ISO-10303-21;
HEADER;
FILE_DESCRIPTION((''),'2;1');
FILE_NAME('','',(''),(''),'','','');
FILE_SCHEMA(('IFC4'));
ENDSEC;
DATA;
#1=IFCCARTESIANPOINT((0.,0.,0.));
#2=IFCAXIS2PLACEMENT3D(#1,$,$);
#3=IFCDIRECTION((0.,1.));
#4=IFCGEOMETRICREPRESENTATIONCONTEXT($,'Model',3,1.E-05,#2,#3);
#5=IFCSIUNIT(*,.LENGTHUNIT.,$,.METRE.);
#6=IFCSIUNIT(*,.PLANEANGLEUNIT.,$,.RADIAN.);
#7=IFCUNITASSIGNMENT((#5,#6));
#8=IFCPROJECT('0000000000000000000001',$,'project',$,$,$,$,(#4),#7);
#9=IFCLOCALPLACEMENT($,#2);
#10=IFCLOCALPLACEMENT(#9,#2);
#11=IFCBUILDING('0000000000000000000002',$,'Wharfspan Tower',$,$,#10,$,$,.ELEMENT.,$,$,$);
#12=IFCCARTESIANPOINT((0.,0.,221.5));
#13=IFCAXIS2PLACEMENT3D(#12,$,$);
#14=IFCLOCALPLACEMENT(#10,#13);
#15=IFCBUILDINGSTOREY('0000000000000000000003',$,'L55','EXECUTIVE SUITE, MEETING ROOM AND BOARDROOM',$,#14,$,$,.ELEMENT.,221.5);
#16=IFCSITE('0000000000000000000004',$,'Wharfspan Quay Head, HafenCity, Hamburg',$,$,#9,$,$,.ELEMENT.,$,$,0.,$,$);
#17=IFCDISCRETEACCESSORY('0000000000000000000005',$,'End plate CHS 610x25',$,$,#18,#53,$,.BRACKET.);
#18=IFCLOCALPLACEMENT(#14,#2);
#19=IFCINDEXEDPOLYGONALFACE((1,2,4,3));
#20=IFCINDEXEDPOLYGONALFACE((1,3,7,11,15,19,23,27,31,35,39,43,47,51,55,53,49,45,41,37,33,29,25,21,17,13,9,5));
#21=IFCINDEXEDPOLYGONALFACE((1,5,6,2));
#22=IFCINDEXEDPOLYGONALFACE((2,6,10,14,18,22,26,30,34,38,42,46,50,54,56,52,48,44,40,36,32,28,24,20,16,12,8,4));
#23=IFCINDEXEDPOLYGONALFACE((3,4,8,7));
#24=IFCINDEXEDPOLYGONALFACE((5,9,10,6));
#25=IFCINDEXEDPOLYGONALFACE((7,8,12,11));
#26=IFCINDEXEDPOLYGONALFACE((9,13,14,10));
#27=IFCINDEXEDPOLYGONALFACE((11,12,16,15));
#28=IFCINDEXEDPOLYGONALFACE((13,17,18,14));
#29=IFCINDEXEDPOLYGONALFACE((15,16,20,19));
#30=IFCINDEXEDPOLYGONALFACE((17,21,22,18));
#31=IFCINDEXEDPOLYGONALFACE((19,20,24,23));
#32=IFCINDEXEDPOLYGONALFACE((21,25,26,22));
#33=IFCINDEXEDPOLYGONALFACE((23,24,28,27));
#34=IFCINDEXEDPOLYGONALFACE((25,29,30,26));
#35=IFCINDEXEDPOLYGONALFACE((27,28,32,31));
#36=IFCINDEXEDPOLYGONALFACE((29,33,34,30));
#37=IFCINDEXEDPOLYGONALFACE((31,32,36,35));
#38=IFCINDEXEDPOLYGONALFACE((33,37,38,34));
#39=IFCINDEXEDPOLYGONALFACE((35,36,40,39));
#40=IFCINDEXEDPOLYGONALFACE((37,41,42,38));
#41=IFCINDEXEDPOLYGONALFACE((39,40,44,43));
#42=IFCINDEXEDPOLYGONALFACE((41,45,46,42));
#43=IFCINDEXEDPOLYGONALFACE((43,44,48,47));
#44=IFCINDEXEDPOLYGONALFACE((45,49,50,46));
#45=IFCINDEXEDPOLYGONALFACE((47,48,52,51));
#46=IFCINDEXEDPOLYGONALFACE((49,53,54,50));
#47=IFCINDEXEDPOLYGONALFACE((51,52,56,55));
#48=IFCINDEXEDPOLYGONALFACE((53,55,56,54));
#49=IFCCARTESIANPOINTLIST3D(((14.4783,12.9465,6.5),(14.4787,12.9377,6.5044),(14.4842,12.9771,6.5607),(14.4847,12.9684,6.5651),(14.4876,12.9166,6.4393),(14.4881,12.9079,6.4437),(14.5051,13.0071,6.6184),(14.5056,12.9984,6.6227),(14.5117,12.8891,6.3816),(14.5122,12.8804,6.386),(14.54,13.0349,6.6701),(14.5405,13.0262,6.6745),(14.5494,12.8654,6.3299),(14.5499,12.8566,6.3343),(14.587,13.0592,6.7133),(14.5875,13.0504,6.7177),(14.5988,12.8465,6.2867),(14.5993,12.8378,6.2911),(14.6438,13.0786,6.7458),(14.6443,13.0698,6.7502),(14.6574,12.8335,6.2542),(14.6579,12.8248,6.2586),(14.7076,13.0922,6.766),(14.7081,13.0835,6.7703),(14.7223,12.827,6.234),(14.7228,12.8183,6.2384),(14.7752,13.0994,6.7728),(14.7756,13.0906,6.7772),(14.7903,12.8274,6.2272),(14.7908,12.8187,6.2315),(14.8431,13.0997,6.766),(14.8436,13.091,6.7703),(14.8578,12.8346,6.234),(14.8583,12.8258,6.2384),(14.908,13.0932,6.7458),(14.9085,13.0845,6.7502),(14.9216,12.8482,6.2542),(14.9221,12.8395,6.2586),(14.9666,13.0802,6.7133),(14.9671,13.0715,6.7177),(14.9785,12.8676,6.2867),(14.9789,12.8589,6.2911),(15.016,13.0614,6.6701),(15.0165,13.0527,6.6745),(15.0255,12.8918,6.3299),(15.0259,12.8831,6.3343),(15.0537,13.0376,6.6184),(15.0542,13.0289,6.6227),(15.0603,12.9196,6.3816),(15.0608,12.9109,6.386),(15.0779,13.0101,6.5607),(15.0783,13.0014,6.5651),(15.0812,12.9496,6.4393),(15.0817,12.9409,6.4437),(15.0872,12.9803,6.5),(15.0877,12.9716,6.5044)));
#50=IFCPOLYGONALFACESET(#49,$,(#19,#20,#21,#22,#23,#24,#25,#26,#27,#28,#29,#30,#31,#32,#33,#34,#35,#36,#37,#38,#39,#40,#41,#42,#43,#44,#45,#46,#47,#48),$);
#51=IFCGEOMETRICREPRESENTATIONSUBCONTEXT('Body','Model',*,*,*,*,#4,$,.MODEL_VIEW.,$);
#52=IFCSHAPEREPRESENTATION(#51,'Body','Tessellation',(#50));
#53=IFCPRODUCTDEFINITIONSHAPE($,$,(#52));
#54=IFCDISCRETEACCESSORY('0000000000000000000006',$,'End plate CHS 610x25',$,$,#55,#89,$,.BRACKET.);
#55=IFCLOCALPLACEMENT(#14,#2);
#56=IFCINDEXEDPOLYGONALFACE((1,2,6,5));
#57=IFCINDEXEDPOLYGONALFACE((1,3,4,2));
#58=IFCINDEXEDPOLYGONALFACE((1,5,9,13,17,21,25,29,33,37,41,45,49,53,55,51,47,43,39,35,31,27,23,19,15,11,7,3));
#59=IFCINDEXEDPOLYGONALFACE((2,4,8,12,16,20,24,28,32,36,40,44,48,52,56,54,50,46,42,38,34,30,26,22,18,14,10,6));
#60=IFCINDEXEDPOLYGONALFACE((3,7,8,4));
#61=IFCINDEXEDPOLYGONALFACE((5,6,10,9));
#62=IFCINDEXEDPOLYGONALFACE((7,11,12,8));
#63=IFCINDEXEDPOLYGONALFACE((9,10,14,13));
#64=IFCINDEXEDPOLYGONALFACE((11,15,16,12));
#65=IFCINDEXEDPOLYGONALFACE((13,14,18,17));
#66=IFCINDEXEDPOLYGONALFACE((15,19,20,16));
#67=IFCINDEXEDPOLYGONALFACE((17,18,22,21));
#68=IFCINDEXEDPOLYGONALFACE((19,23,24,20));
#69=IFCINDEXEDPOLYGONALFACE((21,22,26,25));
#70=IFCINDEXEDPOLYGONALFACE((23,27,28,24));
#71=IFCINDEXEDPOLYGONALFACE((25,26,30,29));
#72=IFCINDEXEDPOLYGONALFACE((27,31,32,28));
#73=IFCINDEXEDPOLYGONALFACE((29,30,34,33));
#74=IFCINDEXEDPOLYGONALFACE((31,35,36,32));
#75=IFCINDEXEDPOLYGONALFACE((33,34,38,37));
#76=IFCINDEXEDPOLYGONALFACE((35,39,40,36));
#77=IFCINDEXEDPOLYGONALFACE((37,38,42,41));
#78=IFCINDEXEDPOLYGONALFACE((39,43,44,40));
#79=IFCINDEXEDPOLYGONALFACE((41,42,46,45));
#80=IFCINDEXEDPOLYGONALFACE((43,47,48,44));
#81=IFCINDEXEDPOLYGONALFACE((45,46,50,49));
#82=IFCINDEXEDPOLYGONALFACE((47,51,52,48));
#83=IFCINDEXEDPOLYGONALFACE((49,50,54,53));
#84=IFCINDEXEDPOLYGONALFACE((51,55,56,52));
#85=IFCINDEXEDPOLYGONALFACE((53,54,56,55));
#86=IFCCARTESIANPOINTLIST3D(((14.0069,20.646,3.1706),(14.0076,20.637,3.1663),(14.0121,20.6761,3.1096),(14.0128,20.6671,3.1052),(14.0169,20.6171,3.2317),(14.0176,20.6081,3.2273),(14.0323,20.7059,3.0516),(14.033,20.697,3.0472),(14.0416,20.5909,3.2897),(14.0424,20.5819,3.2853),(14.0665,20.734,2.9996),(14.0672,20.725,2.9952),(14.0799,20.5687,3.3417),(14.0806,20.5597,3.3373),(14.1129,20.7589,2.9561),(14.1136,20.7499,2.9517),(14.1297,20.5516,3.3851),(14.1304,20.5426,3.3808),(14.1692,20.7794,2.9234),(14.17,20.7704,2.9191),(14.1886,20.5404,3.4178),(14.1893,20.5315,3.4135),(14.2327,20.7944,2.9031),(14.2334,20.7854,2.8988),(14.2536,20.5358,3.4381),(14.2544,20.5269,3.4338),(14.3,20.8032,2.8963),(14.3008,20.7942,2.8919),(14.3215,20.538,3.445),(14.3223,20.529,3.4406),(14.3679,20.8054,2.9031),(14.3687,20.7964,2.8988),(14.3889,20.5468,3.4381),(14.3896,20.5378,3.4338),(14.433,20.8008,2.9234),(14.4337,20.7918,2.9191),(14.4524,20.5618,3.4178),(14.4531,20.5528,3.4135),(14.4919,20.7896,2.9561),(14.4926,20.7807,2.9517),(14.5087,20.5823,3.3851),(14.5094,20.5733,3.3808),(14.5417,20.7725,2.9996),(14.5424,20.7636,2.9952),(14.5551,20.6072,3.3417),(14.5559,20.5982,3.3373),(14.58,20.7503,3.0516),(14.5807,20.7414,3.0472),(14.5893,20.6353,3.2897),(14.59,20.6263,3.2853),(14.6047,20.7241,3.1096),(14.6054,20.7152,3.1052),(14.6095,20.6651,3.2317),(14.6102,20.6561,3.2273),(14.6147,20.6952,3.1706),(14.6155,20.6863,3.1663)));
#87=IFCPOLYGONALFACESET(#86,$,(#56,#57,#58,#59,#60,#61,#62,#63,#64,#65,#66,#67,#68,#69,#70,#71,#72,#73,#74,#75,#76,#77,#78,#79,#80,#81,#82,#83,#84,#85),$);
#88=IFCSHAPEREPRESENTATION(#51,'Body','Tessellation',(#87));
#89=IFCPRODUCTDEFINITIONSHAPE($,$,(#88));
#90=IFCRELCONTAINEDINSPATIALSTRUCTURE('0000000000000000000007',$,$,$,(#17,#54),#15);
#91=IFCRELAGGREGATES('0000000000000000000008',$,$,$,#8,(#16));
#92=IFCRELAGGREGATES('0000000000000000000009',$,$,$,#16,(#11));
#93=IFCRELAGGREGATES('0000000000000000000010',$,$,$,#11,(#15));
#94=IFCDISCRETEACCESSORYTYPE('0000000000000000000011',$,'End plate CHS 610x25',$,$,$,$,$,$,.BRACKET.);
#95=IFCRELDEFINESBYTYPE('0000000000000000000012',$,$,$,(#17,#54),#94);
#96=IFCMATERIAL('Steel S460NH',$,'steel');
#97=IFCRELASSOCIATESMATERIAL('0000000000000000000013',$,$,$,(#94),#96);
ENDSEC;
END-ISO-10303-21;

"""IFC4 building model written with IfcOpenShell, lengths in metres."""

from ifc_helpers import new_model, si_unit, direction, frame, origin, origin_2d, place, context, subcontext, project, spatial, circle, extrude, material, material_profile, profile_set, type_object, element, save


model = new_model("IFC4")

# Units and contexts
model_context = context("Model", 3, precision=1e-05, world=origin(), true_north=direction((0.0, 1.0)))
body_context = subcontext(model_context, "Body", "Model", "MODEL_VIEW")
ifc_project = project(units=[si_unit("LENGTHUNIT", "METRE"), si_unit("PLANEANGLEUNIT", "RADIAN")], contexts=[model_context])

# Site, building, storey
site_placement = place(None, origin())
site = spatial("IfcSite", under=ifc_project, at=site_placement, Name="Wharfspan Quay Head, HafenCity, Hamburg", CompositionType="ELEMENT", RefElevation=0.0)
building_placement = place(site_placement, origin())
building = spatial("IfcBuilding", under=site, at=building_placement, Name="Wharfspan Tower", CompositionType="ELEMENT")
storey_placement = place(building_placement, frame((0.0, 0.0, 221.5)))
storey = spatial("IfcBuildingStorey", under=building, at=storey_placement, Name="L55", Description="EXECUTIVE SUITE, MEETING ROOM AND BOARDROOM", CompositionType="ELEMENT", Elevation=221.5)

# Shared definitions
ifc_material_1 = material(Name="Steel S460NH", Category="steel")

# Discrete accessories
ifc_material_profile_1 = material_profile(ifc_material_1, circle(Radius=0.3049, at=origin_2d()))
ifc_profile_set_1 = profile_set([ifc_material_profile_1], Name="Steel S460NH")
discrete_accessory_type = type_object("IfcDiscreteAccessoryType", Name="End plate CHS 610x25", PredefinedType="BRACKET", material=ifc_profile_set_1)
discrete_accessory_1_placement = place(storey_placement, frame((14.7827, 12.9634, 6.5), z_axis=(0.049629, -0.893325, 0.446663), x_axis=(0.998463, 0.05547, 0.0)))
element("IfcDiscreteAccessory", 1, at=discrete_accessory_1_placement, inside=storey, type_object=discrete_accessory_type, Name="End plate CHS 610x25", PredefinedType="BRACKET", context=body_context, shape_type="SweptSolid", body=[
    extrude(circle(Radius=0.3049, at=origin_2d()), origin(), (0.0, 0.0, 1.0), 0.0098),
])
discrete_accessory_2_placement = place(storey_placement, frame((14.3115, 20.6616, 3.1663), z_axis=(-0.072718, 0.896854, 0.436308), x_axis=(-0.996729, -0.080815, -0.000002)))
element("IfcDiscreteAccessory", 2, at=discrete_accessory_2_placement, inside=storey, type_object=discrete_accessory_type, Name="End plate CHS 610x25", PredefinedType="BRACKET", context=body_context, shape_type="SweptSolid", body=[
    extrude(circle(Radius=0.3049, at=origin_2d()), origin(), (0.0, 0.0, 1.0), 0.01),
])

save(model, "model.ifc")
